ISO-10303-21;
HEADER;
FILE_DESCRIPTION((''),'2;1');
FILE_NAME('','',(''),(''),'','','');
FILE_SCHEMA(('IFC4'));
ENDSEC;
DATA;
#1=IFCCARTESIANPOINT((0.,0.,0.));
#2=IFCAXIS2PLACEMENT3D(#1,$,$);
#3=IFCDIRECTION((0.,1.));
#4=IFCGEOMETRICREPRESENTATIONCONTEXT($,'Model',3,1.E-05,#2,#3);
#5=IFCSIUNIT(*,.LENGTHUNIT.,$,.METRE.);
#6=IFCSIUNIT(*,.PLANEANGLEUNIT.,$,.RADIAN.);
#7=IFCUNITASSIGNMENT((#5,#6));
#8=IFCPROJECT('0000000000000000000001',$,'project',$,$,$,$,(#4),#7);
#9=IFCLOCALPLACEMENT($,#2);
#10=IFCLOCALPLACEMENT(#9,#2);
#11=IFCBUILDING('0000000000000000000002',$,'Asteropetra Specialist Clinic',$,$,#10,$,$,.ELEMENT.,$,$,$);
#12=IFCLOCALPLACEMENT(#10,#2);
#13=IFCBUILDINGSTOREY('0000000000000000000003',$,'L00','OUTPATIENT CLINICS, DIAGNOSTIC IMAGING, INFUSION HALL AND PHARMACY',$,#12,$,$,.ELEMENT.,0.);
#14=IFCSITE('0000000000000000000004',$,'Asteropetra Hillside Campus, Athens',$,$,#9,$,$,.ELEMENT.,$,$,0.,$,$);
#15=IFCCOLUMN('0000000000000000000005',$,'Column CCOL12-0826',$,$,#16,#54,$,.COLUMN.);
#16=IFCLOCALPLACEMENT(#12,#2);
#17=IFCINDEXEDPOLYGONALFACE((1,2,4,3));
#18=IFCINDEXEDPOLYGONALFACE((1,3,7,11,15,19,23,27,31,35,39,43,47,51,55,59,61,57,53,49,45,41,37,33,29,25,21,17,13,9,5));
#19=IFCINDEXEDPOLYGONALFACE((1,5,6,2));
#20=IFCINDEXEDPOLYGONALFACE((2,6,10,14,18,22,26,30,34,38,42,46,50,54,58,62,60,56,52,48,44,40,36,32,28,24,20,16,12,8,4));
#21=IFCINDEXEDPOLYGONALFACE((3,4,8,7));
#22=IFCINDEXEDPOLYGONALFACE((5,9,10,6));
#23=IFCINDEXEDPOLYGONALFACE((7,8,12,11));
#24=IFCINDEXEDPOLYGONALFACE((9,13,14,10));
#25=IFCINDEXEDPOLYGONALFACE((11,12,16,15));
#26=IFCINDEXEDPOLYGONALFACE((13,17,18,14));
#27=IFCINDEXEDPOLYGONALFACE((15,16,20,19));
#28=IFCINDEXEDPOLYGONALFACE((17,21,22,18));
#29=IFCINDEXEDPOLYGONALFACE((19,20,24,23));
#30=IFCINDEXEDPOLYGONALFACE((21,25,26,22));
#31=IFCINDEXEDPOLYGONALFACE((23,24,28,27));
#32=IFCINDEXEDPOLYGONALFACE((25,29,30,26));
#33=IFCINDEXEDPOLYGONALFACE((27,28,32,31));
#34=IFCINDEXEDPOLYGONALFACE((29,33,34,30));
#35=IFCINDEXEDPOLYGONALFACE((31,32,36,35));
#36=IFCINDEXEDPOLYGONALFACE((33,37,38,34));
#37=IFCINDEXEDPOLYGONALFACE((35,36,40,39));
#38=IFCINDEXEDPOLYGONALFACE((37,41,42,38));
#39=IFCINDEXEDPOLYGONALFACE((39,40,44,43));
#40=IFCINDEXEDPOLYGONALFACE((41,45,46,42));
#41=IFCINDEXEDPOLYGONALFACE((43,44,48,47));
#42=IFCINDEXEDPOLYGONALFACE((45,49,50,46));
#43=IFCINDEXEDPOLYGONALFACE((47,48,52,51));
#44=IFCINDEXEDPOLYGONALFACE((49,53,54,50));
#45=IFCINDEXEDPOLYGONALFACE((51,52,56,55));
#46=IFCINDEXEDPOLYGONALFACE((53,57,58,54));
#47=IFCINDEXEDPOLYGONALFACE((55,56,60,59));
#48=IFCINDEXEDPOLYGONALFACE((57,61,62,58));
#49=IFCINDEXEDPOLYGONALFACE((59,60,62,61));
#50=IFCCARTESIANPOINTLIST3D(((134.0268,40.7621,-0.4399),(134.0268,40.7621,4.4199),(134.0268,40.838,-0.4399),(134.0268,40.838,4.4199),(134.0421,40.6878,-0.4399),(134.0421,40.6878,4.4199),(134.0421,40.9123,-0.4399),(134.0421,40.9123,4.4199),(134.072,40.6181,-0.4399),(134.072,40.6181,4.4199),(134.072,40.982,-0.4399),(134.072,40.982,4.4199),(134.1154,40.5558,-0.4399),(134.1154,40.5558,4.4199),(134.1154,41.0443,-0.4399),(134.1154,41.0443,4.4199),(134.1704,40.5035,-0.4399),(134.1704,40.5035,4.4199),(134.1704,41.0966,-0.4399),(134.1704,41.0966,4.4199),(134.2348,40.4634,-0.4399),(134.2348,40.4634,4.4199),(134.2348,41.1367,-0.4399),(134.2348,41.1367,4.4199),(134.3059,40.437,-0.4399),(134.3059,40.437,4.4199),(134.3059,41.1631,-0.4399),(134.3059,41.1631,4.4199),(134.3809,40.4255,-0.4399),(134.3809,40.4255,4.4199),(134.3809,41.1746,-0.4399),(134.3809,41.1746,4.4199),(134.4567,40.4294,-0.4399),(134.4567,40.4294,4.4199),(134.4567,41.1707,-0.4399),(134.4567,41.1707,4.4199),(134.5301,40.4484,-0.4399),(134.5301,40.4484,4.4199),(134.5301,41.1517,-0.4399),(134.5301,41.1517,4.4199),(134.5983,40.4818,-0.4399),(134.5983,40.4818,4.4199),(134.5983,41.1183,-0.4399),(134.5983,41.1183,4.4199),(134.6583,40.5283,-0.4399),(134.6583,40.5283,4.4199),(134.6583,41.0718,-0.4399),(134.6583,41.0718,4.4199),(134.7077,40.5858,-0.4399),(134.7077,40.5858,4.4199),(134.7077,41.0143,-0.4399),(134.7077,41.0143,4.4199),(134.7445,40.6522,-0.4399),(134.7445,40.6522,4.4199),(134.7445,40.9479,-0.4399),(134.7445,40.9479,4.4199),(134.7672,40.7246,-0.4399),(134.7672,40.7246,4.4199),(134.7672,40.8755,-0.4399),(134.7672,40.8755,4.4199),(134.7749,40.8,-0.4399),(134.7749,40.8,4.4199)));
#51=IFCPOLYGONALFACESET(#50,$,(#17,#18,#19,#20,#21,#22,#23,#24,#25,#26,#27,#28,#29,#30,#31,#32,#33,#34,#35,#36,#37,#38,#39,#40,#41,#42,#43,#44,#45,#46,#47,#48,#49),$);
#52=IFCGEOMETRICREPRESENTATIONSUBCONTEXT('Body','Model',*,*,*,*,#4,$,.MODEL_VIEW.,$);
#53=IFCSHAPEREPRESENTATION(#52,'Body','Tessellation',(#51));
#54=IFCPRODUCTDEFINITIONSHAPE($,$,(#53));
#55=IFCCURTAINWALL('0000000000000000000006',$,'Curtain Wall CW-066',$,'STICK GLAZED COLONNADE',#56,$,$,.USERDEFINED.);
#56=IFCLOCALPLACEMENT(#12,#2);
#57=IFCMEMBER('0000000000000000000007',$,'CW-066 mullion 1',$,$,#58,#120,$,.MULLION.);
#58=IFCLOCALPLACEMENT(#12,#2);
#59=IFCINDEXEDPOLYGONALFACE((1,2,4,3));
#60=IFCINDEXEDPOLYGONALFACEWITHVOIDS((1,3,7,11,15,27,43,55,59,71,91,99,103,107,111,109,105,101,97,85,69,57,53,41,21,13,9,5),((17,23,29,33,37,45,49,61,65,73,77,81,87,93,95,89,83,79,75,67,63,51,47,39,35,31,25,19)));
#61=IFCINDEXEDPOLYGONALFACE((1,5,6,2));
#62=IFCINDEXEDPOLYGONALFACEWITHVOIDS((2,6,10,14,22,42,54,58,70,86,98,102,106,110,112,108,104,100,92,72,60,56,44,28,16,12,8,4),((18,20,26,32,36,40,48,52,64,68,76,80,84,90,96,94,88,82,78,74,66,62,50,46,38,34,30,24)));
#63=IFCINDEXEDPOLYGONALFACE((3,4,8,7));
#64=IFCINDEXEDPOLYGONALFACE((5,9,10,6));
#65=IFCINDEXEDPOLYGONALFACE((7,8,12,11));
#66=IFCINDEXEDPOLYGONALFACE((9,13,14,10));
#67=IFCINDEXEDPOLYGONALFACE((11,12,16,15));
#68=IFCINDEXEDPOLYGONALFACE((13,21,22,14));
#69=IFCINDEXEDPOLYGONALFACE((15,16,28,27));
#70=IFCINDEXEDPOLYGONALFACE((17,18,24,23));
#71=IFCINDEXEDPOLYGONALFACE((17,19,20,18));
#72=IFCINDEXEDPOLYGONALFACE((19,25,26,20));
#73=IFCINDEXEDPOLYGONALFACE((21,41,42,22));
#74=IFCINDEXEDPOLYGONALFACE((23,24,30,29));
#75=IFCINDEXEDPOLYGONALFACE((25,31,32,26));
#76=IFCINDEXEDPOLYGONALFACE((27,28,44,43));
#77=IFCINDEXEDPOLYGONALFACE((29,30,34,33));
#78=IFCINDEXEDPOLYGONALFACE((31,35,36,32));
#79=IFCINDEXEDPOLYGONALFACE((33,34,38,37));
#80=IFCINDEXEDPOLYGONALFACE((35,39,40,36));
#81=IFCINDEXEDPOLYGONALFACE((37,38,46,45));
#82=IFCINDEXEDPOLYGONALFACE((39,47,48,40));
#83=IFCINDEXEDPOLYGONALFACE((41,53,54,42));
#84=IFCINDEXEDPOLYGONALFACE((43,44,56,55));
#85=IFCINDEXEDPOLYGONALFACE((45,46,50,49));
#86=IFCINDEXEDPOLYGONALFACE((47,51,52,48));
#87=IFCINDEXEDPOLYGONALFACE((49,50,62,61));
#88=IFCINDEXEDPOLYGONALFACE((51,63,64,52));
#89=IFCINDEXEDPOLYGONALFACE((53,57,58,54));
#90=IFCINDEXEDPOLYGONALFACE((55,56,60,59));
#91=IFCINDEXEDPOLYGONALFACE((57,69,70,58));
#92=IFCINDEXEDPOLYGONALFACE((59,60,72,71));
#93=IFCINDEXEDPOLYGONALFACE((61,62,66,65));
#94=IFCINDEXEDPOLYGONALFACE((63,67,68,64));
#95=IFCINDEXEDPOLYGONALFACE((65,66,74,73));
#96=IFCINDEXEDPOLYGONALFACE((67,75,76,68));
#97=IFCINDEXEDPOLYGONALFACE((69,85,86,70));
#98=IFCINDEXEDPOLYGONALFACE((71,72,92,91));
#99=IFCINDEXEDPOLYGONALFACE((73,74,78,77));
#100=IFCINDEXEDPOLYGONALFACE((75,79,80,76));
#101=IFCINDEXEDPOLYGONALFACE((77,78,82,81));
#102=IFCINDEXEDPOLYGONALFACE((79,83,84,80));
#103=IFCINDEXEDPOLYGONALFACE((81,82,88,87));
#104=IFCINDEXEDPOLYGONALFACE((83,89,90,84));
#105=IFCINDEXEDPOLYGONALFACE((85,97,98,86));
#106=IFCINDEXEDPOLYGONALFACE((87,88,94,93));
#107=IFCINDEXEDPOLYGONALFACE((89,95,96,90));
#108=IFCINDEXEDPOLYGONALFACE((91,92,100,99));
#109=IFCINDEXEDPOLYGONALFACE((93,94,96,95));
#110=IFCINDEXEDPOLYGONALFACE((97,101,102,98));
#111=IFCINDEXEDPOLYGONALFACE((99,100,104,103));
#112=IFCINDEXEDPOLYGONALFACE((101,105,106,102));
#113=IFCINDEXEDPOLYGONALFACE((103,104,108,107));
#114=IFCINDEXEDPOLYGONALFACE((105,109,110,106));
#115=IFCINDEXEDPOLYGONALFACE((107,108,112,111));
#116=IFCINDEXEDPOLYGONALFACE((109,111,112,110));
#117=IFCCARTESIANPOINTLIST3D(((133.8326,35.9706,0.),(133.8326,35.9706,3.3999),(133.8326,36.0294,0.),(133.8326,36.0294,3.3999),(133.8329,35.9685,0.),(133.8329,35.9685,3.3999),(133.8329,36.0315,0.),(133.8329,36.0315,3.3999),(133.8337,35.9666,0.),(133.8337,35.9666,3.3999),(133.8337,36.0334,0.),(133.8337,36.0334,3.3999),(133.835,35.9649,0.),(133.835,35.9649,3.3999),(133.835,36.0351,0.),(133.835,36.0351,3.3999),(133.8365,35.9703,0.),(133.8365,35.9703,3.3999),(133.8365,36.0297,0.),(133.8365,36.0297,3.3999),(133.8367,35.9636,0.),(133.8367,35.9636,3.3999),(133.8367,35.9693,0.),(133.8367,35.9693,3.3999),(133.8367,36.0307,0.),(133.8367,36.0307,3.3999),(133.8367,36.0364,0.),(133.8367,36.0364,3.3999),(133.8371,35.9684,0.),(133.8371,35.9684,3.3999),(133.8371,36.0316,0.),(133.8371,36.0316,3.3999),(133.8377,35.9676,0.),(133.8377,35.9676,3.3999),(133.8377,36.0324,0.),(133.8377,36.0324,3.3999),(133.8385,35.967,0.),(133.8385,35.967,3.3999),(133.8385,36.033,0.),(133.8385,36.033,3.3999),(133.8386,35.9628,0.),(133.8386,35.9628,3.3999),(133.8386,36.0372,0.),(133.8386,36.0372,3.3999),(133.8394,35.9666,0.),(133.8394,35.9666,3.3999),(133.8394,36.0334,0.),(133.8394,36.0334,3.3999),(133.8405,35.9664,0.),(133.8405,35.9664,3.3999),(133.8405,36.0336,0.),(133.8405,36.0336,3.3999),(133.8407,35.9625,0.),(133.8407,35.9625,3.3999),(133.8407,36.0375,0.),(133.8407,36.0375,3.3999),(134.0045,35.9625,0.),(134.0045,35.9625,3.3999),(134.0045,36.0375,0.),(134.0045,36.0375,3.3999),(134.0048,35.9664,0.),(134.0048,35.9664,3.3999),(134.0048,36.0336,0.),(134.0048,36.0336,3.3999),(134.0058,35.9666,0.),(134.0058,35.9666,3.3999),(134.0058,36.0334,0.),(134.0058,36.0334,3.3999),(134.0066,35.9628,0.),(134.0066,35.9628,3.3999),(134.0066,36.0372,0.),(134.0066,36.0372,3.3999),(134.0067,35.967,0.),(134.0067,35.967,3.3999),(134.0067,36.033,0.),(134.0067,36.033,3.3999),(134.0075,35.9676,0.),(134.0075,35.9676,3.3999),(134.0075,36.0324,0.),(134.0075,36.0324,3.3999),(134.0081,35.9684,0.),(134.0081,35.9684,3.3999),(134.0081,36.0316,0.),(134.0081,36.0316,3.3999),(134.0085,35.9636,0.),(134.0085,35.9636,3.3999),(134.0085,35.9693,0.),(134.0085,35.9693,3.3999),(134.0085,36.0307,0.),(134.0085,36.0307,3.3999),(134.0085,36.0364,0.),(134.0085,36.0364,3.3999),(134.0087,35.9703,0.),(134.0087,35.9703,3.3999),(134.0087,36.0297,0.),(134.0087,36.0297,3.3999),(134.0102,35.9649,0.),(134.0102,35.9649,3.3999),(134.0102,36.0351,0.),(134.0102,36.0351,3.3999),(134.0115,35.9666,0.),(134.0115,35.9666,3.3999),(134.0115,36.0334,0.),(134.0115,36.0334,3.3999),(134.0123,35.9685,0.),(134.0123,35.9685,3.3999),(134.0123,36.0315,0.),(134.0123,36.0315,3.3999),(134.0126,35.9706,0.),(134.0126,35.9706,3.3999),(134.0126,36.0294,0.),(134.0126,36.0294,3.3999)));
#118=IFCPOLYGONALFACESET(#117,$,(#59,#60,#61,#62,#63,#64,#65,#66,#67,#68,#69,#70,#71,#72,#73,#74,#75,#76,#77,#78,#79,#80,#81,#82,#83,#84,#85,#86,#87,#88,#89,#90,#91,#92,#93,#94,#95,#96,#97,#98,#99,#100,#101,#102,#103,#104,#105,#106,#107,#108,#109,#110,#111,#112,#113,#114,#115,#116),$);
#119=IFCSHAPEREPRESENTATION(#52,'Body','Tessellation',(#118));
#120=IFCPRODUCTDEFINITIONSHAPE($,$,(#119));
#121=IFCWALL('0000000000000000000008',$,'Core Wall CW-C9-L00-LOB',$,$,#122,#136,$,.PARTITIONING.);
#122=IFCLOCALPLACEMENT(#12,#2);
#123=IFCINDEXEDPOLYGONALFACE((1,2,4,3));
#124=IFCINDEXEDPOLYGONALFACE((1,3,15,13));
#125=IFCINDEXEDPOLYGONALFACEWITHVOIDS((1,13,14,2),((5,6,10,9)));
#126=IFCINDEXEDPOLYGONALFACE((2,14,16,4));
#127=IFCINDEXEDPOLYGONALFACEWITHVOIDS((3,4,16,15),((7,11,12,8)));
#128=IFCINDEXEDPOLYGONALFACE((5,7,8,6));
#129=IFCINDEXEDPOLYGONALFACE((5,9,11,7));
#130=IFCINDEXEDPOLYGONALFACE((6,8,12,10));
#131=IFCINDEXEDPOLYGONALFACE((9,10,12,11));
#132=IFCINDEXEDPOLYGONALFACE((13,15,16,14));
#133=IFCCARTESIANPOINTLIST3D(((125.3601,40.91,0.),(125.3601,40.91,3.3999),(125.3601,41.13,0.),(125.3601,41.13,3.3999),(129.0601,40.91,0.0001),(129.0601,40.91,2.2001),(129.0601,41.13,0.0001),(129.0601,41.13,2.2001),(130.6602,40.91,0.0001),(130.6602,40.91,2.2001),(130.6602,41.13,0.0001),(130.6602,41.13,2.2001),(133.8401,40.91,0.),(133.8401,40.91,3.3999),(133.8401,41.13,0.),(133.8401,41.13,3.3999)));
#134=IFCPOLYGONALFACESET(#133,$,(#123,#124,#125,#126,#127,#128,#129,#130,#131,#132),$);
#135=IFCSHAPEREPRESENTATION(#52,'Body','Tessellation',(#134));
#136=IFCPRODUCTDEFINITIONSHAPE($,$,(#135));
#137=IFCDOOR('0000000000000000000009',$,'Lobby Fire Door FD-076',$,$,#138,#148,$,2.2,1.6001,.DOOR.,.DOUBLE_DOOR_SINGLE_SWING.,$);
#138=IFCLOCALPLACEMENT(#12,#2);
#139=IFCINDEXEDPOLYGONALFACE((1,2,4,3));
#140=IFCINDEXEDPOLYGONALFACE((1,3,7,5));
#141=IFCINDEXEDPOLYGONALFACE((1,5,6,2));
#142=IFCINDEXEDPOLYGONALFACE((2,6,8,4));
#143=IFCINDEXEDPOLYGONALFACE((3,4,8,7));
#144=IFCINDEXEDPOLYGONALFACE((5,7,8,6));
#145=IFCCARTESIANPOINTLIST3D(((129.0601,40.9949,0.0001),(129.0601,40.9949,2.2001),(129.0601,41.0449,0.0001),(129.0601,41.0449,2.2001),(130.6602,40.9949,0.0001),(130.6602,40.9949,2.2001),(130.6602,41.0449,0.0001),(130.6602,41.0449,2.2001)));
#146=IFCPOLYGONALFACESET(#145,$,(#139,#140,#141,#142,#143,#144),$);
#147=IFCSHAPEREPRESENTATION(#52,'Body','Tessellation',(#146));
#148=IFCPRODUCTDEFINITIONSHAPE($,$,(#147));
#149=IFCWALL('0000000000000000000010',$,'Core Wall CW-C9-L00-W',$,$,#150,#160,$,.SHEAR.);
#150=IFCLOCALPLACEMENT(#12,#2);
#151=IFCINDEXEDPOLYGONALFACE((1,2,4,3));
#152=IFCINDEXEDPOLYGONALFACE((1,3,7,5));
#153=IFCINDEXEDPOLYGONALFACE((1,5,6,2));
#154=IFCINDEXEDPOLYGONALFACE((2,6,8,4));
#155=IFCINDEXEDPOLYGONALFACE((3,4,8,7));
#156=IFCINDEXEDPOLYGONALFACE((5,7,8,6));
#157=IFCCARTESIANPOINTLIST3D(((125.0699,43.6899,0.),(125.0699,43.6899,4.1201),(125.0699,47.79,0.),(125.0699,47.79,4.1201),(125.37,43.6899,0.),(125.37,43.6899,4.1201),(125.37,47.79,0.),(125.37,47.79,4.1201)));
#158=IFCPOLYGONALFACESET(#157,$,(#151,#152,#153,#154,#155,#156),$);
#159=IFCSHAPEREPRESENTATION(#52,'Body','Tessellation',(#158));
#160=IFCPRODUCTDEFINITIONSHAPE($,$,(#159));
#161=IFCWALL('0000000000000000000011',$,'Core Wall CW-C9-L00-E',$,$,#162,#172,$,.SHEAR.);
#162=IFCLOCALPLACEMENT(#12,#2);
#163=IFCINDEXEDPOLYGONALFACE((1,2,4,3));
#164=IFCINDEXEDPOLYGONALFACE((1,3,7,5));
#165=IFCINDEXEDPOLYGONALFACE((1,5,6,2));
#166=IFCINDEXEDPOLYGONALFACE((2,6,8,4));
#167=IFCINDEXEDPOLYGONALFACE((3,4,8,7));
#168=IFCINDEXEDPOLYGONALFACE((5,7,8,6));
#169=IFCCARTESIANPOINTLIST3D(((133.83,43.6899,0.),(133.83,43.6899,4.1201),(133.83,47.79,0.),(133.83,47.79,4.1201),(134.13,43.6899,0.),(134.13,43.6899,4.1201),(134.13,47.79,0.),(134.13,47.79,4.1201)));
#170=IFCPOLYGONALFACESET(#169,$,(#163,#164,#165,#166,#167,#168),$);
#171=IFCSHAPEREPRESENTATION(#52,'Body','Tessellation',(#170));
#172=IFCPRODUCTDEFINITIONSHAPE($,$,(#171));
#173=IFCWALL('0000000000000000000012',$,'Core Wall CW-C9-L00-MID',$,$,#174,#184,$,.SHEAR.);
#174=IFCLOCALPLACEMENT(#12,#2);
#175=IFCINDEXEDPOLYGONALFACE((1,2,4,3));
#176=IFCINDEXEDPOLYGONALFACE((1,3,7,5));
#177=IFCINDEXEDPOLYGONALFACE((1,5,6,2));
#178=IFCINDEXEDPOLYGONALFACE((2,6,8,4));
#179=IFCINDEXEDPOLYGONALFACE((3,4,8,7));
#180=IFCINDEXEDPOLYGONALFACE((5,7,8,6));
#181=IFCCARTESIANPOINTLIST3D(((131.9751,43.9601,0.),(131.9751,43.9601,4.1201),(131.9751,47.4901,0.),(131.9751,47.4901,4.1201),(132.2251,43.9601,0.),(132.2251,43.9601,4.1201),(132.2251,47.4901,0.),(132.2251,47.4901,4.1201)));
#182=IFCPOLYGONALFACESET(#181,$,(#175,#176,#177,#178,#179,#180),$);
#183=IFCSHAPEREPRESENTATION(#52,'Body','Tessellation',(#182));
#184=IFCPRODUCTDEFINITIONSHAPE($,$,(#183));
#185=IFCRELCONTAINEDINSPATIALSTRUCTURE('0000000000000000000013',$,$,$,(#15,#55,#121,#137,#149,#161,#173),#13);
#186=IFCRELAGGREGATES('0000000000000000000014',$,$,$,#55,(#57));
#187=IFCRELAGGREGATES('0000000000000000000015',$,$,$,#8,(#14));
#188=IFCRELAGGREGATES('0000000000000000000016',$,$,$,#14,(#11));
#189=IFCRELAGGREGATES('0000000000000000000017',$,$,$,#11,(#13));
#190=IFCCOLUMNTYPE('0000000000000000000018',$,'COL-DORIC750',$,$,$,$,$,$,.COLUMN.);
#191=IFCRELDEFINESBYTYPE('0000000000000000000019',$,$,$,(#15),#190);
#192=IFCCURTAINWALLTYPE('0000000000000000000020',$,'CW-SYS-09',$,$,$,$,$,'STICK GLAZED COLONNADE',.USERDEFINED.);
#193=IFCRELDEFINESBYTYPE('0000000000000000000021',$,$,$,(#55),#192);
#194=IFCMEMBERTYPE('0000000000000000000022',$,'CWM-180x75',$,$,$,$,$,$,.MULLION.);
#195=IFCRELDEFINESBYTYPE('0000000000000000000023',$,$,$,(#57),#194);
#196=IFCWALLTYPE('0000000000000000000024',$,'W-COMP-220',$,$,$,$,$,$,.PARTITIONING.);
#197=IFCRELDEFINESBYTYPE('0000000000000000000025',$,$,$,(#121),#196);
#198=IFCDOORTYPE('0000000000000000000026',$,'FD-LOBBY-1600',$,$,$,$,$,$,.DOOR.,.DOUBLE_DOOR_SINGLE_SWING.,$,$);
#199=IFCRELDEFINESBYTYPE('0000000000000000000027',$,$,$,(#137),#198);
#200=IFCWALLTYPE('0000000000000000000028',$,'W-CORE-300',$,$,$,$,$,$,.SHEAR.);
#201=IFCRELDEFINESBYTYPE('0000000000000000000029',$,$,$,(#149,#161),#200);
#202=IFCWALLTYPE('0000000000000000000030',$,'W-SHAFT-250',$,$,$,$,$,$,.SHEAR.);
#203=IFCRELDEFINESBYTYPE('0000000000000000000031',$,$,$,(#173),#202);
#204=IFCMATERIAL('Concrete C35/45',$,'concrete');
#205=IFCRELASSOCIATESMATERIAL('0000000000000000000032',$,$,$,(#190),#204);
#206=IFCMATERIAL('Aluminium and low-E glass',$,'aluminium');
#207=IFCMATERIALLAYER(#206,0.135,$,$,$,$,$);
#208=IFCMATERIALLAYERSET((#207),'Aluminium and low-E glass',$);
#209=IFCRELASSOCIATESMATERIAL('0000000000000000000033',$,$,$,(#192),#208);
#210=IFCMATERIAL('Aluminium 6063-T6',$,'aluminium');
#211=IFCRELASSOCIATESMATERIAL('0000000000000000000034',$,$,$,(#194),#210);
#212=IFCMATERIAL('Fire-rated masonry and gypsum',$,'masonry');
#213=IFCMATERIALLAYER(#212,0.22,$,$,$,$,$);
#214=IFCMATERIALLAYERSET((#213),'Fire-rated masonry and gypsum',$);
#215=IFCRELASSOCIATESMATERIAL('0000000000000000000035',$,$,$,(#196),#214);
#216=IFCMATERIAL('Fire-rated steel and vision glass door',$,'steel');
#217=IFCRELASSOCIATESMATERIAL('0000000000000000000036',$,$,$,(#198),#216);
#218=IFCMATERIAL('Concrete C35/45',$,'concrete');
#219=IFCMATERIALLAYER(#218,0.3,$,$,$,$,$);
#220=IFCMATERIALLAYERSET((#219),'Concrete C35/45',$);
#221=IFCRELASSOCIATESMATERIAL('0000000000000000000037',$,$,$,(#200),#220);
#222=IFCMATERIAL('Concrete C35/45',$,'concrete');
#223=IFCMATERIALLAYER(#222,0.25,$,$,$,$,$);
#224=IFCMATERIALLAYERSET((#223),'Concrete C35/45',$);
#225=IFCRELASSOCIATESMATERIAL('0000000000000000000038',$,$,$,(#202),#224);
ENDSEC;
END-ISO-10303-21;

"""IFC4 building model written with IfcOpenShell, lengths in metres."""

from ifc_helpers import new_model, si_unit, direction, frame, frame_2d, origin, origin_2d, place, context, subcontext, project, spatial, rectangle, hollow_rectangle, circle, extrude, material, layer, layer_set, material_profile, profile_set, type_object, element, fill, aggregate, save


model = new_model("IFC4")

# Units and contexts
model_context = context("Model", 3, precision=1e-05, world=origin(), true_north=direction((0.0, 1.0)))
body_context = subcontext(model_context, "Body", "Model", "MODEL_VIEW")
ifc_project = project(units=[si_unit("LENGTHUNIT", "METRE"), si_unit("PLANEANGLEUNIT", "RADIAN")], contexts=[model_context])

# Site, building, storey
site_placement = place(None, origin())
site = spatial("IfcSite", under=ifc_project, at=site_placement, Name="Asteropetra Hillside Campus, Athens", CompositionType="ELEMENT", RefElevation=0.0)
building_placement = place(site_placement, origin())
building = spatial("IfcBuilding", under=site, at=building_placement, Name="Asteropetra Specialist Clinic", CompositionType="ELEMENT")
storey_placement = place(building_placement, origin())
storey = spatial("IfcBuildingStorey", under=building, at=storey_placement, Name="L00", Description="OUTPATIENT CLINICS, DIAGNOSTIC IMAGING, INFUSION HALL AND PHARMACY", CompositionType="ELEMENT", Elevation=0.0)

# Column
ifc_material_1 = material(Name="Concrete C35/45", Category="concrete")
ifc_material_profile_1 = material_profile(ifc_material_1, circle(Radius=0.375, at=origin_2d()), Name="RCC D750")
ifc_profile_set_1 = profile_set([ifc_material_profile_1], Name="Concrete C35/45")
column_type = type_object("IfcColumnType", Name="COL-DORIC750", PredefinedType="COLUMN", material=ifc_profile_set_1)
for number, where, z_axis, x_axis, name in (
    (1, (134.3999, 40.8, -0.4399), (0.0, 0.0, 1.0), (1.0, 0.0, 0.0), "Column CCOL12-0826"),
):
    element("IfcColumn", number, at=place(storey_placement, frame(where, z_axis=z_axis, x_axis=x_axis)), inside=storey, type_object=column_type, Name=name, PredefinedType="COLUMN", context=body_context, shape_type="SweptSolid", body=[
        extrude(circle(Radius=0.375, at=origin_2d()), origin(), (0.0, 0.0, 1.0), 4.8599),
    ])

# Curtain wall, member
ifc_material_2 = material(Name="Aluminium and low-E glass", Category="aluminium")
ifc_layer_1 = layer(ifc_material_2, 0.135)
ifc_layer_set_1 = layer_set([ifc_layer_1], Name="Aluminium and low-E glass")
curtain_wall_type = type_object("IfcCurtainWallType", Name="CW-SYS-09", ElementType="STICK GLAZED COLONNADE", PredefinedType="USERDEFINED", material=ifc_layer_set_1)
curtain_wall_placement = place(storey_placement, origin())
curtain_wall = element("IfcCurtainWall", 2, at=curtain_wall_placement, inside=storey, type_object=curtain_wall_type, Name="Curtain Wall CW-066", ObjectType="STICK GLAZED COLONNADE", PredefinedType="USERDEFINED")
ifc_material_3 = material(Name="Aluminium 6063-T6", Category="aluminium")
ifc_material_profile_2 = material_profile(ifc_material_3, hollow_rectangle(XDim=0.075, YDim=0.1799, WallThickness=0.0039, InnerFilletRadius=0.0039, OuterFilletRadius=0.0081, at=origin_2d()), Name="MUL 180x75x4.0")
ifc_profile_set_2 = profile_set([ifc_material_profile_2], Name="Aluminium 6063-T6")
member_type = type_object("IfcMemberType", Name="CWM-180x75", PredefinedType="MULLION", material=ifc_profile_set_2)
member_placement = place(storey_placement, frame((133.9226, 36.0, 0.0), z_axis=(0.0, 0.0, 1.0), x_axis=(0.0, -1.0, 0.0)))
member = element("IfcMember", 3, at=member_placement, type_object=member_type, Name="CW-066 mullion 1", PredefinedType="MULLION", context=body_context, shape_type="SweptSolid", body=[
    extrude(hollow_rectangle(XDim=0.075, YDim=0.1799, WallThickness=0.0039, InnerFilletRadius=0.0039, OuterFilletRadius=0.0081, at=origin_2d()), origin(), (0.0, 0.0, 1.0), 3.3999),
])
aggregate(curtain_wall, [member])

# Wall, opening, door
ifc_material_4 = material(Name="Fire-rated masonry and gypsum", Category="masonry")
ifc_layer_2 = layer(ifc_material_4, 0.22)
ifc_layer_set_2 = layer_set([ifc_layer_2], Name="Fire-rated masonry and gypsum")
wall_type_1 = type_object("IfcWallType", Name="W-COMP-220", PredefinedType="PARTITIONING", material=ifc_layer_set_2)
wall_1_placement = place(storey_placement, frame((125.3601, 41.02, 0.0), z_axis=(0.0, 0.0, 1.0), x_axis=(1.0, 0.0, 0.0)))
wall_1 = element("IfcWall", 4, at=wall_1_placement, inside=storey, type_object=wall_type_1, Name="Core Wall CW-C9-L00-LOB", PredefinedType="PARTITIONING", context=body_context, shape_type="SweptSolid", body=[
    extrude(rectangle(XDim=8.48, YDim=0.22, at=frame_2d((4.24, 0.0))), origin(), (0.0, 0.0, 1.0), 3.3999),
])
opening_1_placement = place(wall_1_placement, frame((3.7, 0.0, 0.0)))
opening_1 = element("IfcOpeningElement", 5, at=opening_1_placement, cuts=wall_1, PredefinedType="OPENING", context=body_context, shape_type="SweptSolid", body=[
    extrude(rectangle(XDim=1.6001, YDim=2.2, at=frame_2d((0.8, 1.1001))), frame((0.0, 0.1199, 0.0), z_axis=(0.0, -1.0, 0.0), x_axis=(1.0, 0.0, 0.0)), (0.0, 0.0, 1.0), 0.24),
])
ifc_material_5 = material(Name="Fire-rated steel and vision glass door", Category="steel")
door_type_1 = type_object("IfcDoorType", Name="FD-LOBBY-1600", OperationType="DOUBLE_DOOR_SINGLE_SWING", PredefinedType="DOOR", material=ifc_material_5)
door_1_placement = place(opening_1_placement, origin())
door_1 = element("IfcDoor", 6, at=door_1_placement, inside=storey, type_object=door_type_1, Name="Lobby Fire Door FD-076", OperationType="DOUBLE_DOOR_SINGLE_SWING", OverallHeight=2.2, OverallWidth=1.6001, PredefinedType="DOOR", context=body_context, shape_type="SweptSolid", body=[
    extrude(rectangle(XDim=1.6001, YDim=2.2, at=frame_2d((0.8, 1.1001))), frame((0.0, 0.0249, 0.0), z_axis=(0.0, -1.0, 0.0), x_axis=(1.0, 0.0, 0.0)), (0.0, 0.0, 1.0), 0.05),
])
fill(opening_1, door_1)

# Walls
ifc_material_6 = material(Name="Concrete C35/45", Category="concrete")
ifc_layer_3 = layer(ifc_material_6, 0.3)
ifc_layer_set_3 = layer_set([ifc_layer_3], Name="Concrete C35/45")
wall_type_2 = type_object("IfcWallType", Name="W-CORE-300", PredefinedType="SHEAR", material=ifc_layer_set_3)
for number, where, z_axis, x_axis, name in (
    (7, (125.22, 43.6899, 0.0), (0.0, 0.0, 1.0), (0.0, 1.0, 0.0), "Core Wall CW-C9-L00-W"),
    (8, (133.98, 43.6899, 0.0), (0.0, 0.0, 1.0), (0.0, 1.0, 0.0), "Core Wall CW-C9-L00-E"),
):
    element("IfcWall", number, at=place(storey_placement, frame(where, z_axis=z_axis, x_axis=x_axis)), inside=storey, type_object=wall_type_2, Name=name, PredefinedType="SHEAR", context=body_context, shape_type="SweptSolid", body=[
        extrude(rectangle(XDim=4.1001, YDim=0.3, at=frame_2d((2.05, 0.0))), origin(), (0.0, 0.0, 1.0), 4.1201),
    ])
ifc_material_7 = material(Name="Concrete C35/45", Category="concrete")
ifc_layer_4 = layer(ifc_material_7, 0.25)
ifc_layer_set_4 = layer_set([ifc_layer_4], Name="Concrete C35/45")
wall_type_3 = type_object("IfcWallType", Name="W-SHAFT-250", PredefinedType="SHEAR", material=ifc_layer_set_4)
wall_2_placement = place(storey_placement, frame((132.1001, 43.96, 0.0), z_axis=(0.0, 0.0, 1.0), x_axis=(0.0, 1.0, 0.0)))
element("IfcWall", 9, at=wall_2_placement, inside=storey, type_object=wall_type_3, Name="Core Wall CW-C9-L00-MID", PredefinedType="SHEAR", context=body_context, shape_type="SweptSolid", body=[
    extrude(rectangle(XDim=3.53, YDim=0.25, at=frame_2d((1.7651, 0.0))), origin(), (0.0, 0.0, 1.0), 4.1201),
])

save(model, "model.ifc")
